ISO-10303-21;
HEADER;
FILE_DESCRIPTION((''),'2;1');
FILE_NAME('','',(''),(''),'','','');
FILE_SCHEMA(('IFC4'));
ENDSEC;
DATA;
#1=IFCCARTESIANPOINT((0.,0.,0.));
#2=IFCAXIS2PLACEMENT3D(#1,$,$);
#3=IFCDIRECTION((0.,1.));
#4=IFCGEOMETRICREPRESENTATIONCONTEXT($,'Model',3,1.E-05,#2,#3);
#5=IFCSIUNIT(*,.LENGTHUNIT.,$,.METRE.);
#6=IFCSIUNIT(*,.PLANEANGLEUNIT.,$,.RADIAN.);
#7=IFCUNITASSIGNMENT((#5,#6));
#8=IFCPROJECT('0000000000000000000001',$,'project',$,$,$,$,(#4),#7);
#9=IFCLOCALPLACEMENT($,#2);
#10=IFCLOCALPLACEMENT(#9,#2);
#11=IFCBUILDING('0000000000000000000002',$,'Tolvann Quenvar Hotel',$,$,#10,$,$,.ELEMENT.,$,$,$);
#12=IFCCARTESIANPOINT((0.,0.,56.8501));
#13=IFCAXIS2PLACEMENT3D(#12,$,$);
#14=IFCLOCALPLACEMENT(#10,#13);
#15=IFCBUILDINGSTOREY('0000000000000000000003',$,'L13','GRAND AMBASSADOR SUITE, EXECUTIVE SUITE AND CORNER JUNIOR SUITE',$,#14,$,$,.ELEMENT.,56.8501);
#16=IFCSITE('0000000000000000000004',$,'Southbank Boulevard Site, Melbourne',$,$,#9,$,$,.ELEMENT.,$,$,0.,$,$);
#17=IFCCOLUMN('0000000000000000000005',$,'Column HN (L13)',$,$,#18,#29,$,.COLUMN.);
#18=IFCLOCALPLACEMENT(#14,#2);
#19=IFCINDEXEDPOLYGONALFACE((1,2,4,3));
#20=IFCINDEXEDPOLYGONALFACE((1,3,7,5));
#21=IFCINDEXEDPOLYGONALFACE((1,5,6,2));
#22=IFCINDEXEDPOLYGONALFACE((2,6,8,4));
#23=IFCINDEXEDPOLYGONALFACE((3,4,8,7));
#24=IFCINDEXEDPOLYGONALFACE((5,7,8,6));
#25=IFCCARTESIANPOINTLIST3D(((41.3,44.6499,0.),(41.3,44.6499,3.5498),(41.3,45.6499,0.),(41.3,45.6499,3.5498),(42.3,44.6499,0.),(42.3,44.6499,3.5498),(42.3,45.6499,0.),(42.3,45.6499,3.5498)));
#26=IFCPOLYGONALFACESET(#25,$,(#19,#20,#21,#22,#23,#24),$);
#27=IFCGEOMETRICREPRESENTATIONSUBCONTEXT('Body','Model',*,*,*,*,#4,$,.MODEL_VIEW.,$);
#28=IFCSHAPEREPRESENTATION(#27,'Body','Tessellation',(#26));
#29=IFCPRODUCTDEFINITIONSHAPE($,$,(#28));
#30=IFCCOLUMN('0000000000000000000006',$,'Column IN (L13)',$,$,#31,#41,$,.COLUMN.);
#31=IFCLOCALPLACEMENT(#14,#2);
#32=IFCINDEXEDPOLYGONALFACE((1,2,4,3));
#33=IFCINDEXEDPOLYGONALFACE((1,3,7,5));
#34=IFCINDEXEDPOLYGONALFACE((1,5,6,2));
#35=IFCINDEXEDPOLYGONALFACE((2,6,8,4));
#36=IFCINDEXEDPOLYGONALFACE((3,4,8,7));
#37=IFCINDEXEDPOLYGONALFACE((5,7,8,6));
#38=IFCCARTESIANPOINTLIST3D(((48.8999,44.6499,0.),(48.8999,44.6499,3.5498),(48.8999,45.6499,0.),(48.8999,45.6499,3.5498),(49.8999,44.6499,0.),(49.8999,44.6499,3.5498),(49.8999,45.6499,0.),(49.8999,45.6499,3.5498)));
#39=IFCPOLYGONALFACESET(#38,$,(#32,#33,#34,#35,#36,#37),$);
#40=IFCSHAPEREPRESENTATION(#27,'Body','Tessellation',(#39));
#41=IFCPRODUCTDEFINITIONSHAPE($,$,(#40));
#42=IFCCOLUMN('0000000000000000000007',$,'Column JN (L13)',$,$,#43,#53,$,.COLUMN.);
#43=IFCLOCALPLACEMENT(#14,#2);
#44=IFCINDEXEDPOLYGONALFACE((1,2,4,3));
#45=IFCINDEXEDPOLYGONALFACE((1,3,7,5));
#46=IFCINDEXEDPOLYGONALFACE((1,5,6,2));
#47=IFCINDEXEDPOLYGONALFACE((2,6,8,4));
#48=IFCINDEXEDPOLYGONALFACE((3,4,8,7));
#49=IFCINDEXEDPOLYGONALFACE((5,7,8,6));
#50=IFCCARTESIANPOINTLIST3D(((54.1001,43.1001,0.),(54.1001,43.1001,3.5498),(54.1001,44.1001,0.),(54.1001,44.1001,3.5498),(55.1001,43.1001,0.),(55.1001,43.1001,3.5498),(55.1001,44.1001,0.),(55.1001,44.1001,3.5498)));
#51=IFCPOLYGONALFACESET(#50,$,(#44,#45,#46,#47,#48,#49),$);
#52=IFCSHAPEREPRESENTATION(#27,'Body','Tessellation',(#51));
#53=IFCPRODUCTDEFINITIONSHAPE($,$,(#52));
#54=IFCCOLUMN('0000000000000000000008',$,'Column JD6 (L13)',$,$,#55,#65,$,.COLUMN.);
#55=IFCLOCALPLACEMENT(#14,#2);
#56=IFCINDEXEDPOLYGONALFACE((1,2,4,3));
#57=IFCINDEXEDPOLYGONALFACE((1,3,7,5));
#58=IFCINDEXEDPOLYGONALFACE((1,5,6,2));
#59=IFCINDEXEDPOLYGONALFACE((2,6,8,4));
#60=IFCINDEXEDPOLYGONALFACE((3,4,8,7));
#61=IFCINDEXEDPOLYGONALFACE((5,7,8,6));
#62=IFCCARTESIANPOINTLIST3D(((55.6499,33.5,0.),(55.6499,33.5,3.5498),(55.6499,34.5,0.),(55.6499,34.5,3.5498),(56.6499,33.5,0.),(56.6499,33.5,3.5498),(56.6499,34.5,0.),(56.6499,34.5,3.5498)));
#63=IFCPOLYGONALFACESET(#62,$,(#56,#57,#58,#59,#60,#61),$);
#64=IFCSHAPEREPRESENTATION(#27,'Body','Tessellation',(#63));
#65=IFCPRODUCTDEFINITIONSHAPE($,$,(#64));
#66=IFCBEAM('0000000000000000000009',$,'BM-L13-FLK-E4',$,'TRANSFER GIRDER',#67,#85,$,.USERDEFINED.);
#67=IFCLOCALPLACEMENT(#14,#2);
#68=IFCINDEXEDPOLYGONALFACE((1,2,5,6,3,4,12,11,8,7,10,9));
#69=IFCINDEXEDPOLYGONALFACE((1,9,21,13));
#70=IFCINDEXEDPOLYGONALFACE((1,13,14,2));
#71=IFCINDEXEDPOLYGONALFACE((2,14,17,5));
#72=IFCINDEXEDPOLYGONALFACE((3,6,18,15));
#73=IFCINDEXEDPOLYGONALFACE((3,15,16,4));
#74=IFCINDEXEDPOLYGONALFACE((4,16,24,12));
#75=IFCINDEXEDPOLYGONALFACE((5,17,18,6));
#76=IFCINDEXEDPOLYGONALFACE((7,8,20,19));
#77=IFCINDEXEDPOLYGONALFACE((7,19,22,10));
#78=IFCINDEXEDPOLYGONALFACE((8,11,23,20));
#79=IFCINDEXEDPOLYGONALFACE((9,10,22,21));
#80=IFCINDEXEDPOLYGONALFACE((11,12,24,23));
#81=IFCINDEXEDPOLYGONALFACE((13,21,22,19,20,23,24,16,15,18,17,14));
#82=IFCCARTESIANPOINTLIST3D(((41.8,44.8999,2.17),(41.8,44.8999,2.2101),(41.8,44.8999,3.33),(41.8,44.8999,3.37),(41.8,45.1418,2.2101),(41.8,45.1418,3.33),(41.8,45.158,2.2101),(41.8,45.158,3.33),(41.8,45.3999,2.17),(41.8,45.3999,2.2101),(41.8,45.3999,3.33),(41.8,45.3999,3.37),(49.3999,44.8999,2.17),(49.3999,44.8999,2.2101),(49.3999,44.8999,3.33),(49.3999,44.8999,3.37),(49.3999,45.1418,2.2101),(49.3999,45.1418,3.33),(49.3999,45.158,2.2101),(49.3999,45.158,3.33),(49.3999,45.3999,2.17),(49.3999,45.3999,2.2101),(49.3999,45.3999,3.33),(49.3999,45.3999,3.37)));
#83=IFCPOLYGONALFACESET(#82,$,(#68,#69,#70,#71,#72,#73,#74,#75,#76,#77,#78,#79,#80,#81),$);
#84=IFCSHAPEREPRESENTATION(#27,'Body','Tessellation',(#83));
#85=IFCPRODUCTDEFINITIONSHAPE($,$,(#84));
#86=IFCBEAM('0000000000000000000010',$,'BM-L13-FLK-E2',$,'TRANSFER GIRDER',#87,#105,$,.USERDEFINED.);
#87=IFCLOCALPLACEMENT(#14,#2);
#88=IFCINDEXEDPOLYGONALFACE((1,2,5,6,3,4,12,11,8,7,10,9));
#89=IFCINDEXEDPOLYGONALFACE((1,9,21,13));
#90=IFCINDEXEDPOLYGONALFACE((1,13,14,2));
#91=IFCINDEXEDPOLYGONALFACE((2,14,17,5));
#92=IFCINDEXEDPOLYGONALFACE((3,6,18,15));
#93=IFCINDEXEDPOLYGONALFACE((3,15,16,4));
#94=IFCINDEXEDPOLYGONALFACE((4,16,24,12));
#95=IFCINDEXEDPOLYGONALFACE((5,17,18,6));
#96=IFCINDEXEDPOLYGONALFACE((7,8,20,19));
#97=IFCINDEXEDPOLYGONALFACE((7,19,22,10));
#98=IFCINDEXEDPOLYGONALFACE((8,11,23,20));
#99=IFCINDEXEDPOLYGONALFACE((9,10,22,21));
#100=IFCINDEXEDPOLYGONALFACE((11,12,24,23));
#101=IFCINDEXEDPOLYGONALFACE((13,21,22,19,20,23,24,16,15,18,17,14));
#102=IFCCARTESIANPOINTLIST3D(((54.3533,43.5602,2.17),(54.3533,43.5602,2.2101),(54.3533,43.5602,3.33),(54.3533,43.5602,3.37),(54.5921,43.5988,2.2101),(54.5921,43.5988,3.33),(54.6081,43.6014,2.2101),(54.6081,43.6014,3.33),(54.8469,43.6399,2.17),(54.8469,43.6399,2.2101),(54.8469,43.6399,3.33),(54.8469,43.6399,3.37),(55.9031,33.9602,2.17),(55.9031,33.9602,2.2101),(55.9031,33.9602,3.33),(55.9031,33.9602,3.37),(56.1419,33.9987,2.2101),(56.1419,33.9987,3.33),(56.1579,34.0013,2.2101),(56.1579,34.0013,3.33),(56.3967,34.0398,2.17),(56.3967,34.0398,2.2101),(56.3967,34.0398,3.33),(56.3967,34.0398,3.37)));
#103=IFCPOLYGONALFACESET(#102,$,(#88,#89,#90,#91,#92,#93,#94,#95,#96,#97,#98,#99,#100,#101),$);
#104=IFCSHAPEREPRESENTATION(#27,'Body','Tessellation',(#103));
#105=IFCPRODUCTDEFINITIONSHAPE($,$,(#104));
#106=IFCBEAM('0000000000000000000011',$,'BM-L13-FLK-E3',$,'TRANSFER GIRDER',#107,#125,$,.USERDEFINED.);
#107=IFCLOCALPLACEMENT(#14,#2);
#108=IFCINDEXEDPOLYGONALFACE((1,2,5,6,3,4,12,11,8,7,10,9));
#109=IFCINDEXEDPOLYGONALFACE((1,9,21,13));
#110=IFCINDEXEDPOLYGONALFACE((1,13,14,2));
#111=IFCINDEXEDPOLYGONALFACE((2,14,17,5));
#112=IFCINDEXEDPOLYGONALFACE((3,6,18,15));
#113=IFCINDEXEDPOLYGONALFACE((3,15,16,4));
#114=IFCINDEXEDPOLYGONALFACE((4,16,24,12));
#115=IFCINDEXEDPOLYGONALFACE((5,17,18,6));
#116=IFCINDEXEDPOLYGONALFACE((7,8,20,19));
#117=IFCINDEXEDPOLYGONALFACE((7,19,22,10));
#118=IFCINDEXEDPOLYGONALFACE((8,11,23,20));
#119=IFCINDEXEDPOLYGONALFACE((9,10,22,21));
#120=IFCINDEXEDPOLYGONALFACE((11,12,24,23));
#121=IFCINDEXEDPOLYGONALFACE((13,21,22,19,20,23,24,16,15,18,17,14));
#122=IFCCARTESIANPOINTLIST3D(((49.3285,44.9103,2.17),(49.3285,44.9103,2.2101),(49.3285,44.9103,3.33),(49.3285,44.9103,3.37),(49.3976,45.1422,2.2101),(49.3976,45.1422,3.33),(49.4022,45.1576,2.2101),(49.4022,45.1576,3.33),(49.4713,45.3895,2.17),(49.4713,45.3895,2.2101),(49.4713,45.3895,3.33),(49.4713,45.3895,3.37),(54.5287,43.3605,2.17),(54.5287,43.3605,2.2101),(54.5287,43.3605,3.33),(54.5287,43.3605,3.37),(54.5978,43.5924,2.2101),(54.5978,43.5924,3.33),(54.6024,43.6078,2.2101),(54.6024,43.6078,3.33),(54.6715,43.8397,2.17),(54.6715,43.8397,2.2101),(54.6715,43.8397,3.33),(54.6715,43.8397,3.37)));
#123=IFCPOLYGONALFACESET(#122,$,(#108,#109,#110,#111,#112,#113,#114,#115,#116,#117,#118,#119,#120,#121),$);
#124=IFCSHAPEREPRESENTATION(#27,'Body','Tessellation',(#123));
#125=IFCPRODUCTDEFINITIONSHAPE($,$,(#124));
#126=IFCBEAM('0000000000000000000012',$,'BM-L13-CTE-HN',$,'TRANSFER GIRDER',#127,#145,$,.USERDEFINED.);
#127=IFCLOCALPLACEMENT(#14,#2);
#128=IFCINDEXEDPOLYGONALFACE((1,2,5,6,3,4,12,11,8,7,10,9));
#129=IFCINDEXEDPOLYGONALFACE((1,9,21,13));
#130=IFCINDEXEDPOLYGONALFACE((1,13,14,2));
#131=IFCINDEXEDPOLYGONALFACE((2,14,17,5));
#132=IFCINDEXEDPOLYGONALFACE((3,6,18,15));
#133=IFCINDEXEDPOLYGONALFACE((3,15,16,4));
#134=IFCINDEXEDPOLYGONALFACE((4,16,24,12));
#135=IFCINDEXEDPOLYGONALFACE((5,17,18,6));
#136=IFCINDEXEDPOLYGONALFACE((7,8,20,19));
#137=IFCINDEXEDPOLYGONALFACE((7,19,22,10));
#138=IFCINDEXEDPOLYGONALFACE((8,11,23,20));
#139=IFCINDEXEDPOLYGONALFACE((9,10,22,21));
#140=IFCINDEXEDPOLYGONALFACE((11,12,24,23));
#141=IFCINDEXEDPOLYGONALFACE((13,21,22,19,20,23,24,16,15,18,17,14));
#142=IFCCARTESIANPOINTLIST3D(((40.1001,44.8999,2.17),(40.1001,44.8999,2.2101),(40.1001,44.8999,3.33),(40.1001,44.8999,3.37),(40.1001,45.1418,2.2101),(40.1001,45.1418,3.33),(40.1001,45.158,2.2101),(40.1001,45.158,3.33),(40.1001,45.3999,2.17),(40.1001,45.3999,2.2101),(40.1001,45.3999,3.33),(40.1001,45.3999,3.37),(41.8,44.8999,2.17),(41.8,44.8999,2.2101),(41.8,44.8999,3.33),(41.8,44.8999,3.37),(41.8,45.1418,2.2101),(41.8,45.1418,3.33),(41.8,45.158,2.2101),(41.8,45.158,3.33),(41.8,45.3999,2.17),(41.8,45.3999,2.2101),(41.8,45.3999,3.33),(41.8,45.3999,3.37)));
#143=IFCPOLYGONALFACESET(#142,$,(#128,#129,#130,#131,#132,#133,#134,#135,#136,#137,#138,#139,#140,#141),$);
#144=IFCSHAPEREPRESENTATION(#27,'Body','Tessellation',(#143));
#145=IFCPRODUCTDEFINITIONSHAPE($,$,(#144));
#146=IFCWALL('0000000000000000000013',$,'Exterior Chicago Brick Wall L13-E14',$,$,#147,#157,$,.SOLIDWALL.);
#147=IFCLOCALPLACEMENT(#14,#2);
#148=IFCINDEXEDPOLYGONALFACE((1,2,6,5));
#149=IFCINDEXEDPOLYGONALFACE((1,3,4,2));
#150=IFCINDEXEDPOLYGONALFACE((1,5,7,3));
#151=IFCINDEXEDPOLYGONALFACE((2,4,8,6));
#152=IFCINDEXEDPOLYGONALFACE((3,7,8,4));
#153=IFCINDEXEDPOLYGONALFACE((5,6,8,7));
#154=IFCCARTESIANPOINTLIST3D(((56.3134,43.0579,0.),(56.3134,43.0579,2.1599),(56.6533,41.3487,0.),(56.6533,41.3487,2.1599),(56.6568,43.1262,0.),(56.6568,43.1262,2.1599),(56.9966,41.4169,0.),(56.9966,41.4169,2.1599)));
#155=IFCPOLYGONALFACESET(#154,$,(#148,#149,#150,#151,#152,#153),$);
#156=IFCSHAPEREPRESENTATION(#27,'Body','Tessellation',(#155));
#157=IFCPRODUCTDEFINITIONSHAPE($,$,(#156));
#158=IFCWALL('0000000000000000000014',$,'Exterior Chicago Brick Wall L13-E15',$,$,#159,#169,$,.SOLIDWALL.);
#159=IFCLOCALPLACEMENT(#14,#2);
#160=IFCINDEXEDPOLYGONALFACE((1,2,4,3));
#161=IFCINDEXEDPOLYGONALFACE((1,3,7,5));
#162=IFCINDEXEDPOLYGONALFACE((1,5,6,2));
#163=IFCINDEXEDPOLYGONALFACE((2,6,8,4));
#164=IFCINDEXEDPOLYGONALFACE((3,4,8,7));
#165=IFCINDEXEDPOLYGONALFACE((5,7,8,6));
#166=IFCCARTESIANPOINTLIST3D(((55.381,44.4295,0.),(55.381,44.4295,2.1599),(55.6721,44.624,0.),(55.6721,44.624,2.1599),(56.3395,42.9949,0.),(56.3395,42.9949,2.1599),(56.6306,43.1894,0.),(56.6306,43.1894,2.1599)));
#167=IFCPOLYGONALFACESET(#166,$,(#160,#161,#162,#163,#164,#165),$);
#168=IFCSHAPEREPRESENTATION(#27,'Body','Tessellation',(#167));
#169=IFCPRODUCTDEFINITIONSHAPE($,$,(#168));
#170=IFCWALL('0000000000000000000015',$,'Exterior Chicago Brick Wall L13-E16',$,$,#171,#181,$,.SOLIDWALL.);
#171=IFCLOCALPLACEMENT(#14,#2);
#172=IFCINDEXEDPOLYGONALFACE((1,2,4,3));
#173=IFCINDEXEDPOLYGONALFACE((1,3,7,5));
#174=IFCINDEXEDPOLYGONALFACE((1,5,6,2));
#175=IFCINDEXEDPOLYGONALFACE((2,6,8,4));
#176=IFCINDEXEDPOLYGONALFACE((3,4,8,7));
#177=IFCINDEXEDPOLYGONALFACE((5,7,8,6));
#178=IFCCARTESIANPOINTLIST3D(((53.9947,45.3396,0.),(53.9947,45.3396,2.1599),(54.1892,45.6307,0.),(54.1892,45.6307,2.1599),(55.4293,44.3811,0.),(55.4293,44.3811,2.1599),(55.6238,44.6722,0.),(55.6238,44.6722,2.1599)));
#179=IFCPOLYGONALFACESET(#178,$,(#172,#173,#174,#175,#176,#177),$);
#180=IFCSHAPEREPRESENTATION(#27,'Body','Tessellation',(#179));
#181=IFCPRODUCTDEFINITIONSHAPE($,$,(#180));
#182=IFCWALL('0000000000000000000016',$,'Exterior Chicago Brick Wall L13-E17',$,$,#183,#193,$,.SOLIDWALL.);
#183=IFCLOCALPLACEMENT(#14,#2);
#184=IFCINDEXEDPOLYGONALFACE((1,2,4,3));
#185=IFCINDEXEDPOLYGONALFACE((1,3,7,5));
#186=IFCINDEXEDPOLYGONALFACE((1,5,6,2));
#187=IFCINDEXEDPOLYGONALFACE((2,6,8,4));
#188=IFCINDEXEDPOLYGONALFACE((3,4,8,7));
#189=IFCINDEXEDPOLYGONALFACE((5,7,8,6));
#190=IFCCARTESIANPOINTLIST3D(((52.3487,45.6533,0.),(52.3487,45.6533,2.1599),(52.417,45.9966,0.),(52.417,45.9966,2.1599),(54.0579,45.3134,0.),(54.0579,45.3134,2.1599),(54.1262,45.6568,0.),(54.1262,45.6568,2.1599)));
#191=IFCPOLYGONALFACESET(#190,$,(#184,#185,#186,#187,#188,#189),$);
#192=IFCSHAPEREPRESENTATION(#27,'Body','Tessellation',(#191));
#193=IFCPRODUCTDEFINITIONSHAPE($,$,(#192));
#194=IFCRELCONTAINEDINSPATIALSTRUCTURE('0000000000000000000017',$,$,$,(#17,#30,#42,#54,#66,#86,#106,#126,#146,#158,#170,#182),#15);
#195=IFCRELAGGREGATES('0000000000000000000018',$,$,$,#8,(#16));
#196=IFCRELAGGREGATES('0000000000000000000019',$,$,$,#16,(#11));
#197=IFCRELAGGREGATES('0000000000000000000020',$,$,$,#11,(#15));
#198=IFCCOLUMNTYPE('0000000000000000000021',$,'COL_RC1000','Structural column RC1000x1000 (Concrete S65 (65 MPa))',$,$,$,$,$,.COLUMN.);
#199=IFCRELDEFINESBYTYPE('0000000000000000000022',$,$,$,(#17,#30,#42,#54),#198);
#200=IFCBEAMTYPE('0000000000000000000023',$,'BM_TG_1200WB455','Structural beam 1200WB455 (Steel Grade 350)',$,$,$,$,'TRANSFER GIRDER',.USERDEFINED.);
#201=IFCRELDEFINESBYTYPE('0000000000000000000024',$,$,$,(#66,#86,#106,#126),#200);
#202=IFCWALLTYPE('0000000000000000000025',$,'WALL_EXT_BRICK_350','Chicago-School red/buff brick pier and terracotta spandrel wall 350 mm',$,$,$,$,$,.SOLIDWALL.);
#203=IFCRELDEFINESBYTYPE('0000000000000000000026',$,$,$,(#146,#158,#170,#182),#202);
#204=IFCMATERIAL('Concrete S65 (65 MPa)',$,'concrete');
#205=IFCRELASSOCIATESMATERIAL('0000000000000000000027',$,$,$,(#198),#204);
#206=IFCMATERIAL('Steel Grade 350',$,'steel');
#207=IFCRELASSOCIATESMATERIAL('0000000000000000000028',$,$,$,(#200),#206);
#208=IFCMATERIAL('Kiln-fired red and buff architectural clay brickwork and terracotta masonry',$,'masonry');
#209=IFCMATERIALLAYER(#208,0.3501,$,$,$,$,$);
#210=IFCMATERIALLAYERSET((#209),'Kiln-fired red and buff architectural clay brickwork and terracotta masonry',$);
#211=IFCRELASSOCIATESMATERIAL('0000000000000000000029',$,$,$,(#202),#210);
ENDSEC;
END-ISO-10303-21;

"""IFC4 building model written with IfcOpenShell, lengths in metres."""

from ifc_helpers import new_model, si_unit, direction, frame, frame_2d, origin, origin_2d, place, context, subcontext, project, spatial, rectangle, i_section, extrude, source, transform, mapped, material, layer, layer_set, material_profile, profile_set, type_object, type_shapes, element, save


model = new_model("IFC4")

# Units and contexts
model_context = context("Model", 3, precision=1e-05, world=origin(), true_north=direction((0.0, 1.0)))
body_context = subcontext(model_context, "Body", "Model", "MODEL_VIEW")
ifc_project = project(units=[si_unit("LENGTHUNIT", "METRE"), si_unit("PLANEANGLEUNIT", "RADIAN")], contexts=[model_context])

# Site, building, storey
site_placement = place(None, origin())
site = spatial("IfcSite", under=ifc_project, at=site_placement, Name="Southbank Boulevard Site, Melbourne", CompositionType="ELEMENT", RefElevation=0.0)
building_placement = place(site_placement, origin())
building = spatial("IfcBuilding", under=site, at=building_placement, Name="Tolvann Quenvar Hotel", CompositionType="ELEMENT")
storey_placement = place(building_placement, frame((0.0, 0.0, 56.8501)))
storey = spatial("IfcBuildingStorey", under=building, at=storey_placement, Name="L13", Description="GRAND AMBASSADOR SUITE, EXECUTIVE SUITE AND CORNER JUNIOR SUITE", CompositionType="ELEMENT", Elevation=56.8501)

# Columns
ifc_material_1 = material(Name="Concrete S65 (65 MPa)", Category="concrete")
ifc_material_profile_1 = material_profile(ifc_material_1, rectangle(XDim=1.0, YDim=1.0, at=origin_2d()), Name="RC1000x1000")
ifc_profile_set_1 = profile_set([ifc_material_profile_1], Name="Concrete S65 (65 MPa)")
column_type = type_object("IfcColumnType", Name="COL_RC1000", Description="Structural column RC1000x1000 (Concrete S65 (65 MPa))", PredefinedType="COLUMN", material=ifc_profile_set_1)
shared_shape_1 = source(origin(), body_context, "Body", "SweptSolid", [
    extrude(rectangle(XDim=1.0, YDim=1.0, at=origin_2d()), origin(), (0.0, 0.0, 1.0), 3.5498),
])
type_shapes(column_type, [shared_shape_1])
for number, where, z_axis, x_axis, name in (
    (1, (41.8, 45.1499, 0.0), (0.0, 0.0, 1.0), (1.0, 0.0, 0.0), "Column HN (L13)"),
    (2, (49.3999, 45.1499, 0.0), (0.0, 0.0, 1.0), (1.0, 0.0, 0.0), "Column IN (L13)"),
    (3, (54.6001, 43.6001, 0.0), (0.0, 0.0, 1.0), (1.0, 0.0, 0.0), "Column JN (L13)"),
    (4, (56.1499, 34.0, 0.0), (0.0, 0.0, 1.0), (1.0, 0.0, 0.0), "Column JD6 (L13)"),
):
    element("IfcColumn", number, at=place(storey_placement, frame(where, z_axis=z_axis, x_axis=x_axis)), inside=storey, type_object=column_type, Name=name, PredefinedType="COLUMN", context=body_context, shape_type="MappedRepresentation", body=[
        mapped(shared_shape_1, transform((0.0, 0.0, 0.0), x_axis=(1.0, 0.0, 0.0), y_axis=(0.0, 1.0, 0.0), z_axis=(0.0, 0.0, 1.0), scale=1.0)),
    ])

# Beams
ifc_material_2 = material(Name="Steel Grade 350", Category="steel")
ifc_material_profile_2 = material_profile(ifc_material_2, i_section(OverallWidth=0.5, OverallDepth=1.2, WebThickness=0.0161, FlangeThickness=0.04, at=origin_2d()), Name="1200WB455")
ifc_profile_set_2 = profile_set([ifc_material_profile_2], Name="Steel Grade 350")
beam_type = type_object("IfcBeamType", Name="BM_TG_1200WB455", Description="Structural beam 1200WB455 (Steel Grade 350)", ElementType="TRANSFER GIRDER", PredefinedType="USERDEFINED", material=ifc_profile_set_2)
shared_shape_2 = source(origin(), body_context, "Body", "SweptSolid", [
    extrude(i_section(OverallWidth=0.5, OverallDepth=1.2, WebThickness=0.0161, FlangeThickness=0.04, at=origin_2d()), origin(), (0.0, 0.0, 1.0), 7.5999),
])
beam_1_placement = place(storey_placement, frame((49.3999, 45.1499, 2.77), z_axis=(-1.0, 0.0, 0.0), x_axis=(0.0, -1.0, 0.0)))
element("IfcBeam", 5, at=beam_1_placement, inside=storey, type_object=beam_type, Name="BM-L13-FLK-E4", ObjectType="TRANSFER GIRDER", PredefinedType="USERDEFINED", context=body_context, shape_type="MappedRepresentation", body=[
    mapped(shared_shape_2, transform((0.0, 0.0, 0.0), x_axis=(1.0, 0.0, 0.0), y_axis=(0.0, 1.0, 0.0), z_axis=(0.0, 0.0, 1.0), scale=1.0)),
])
shared_shape_3 = source(origin(), body_context, "Body", "SweptSolid", [
    extrude(i_section(OverallWidth=0.5, OverallDepth=1.2, WebThickness=0.0161, FlangeThickness=0.04, at=origin_2d()), origin(), (0.0, 0.0, 1.0), 9.7244),
])
beam_2_placement = place(storey_placement, frame((56.1499, 34.0, 2.77), z_axis=(-0.159373, 0.987218, 0.0), x_axis=(-0.987218, -0.159373, 0.0)))
element("IfcBeam", 6, at=beam_2_placement, inside=storey, type_object=beam_type, Name="BM-L13-FLK-E2", ObjectType="TRANSFER GIRDER", PredefinedType="USERDEFINED", context=body_context, shape_type="MappedRepresentation", body=[
    mapped(shared_shape_3, transform((0.0, 0.0, 0.0), x_axis=(1.0, 0.0, 0.0), y_axis=(0.0, 1.0, 0.0), z_axis=(0.0, 0.0, 1.0), scale=1.0)),
])
shared_shape_4 = source(origin(), body_context, "Body", "SweptSolid", [
    extrude(i_section(OverallWidth=0.5, OverallDepth=1.2, WebThickness=0.0161, FlangeThickness=0.04, at=origin_2d()), origin(), (0.0, 0.0, 1.0), 5.4263),
])
beam_3_placement = place(storey_placement, frame((54.6001, 43.6001, 2.77), z_axis=(-0.958345, 0.285614, 0.0), x_axis=(-0.285614, -0.958345, 0.0)))
element("IfcBeam", 7, at=beam_3_placement, inside=storey, type_object=beam_type, Name="BM-L13-FLK-E3", ObjectType="TRANSFER GIRDER", PredefinedType="USERDEFINED", context=body_context, shape_type="MappedRepresentation", body=[
    mapped(shared_shape_4, transform((0.0, 0.0, 0.0), x_axis=(1.0, 0.0, 0.0), y_axis=(0.0, 1.0, 0.0), z_axis=(0.0, 0.0, 1.0), scale=1.0)),
])
shared_shape_5 = source(origin(), body_context, "Body", "SweptSolid", [
    extrude(i_section(OverallWidth=0.5, OverallDepth=1.2, WebThickness=0.0161, FlangeThickness=0.04, at=origin_2d()), origin(), (0.0, 0.0, 1.0), 1.7),
])
type_shapes(beam_type, [shared_shape_2, shared_shape_3, shared_shape_4, shared_shape_5])
beam_4_placement = place(storey_placement, frame((40.1001, 45.1499, 2.77), z_axis=(1.0, 0.0, 0.0), x_axis=(0.0, 1.0, 0.0)))
element("IfcBeam", 8, at=beam_4_placement, inside=storey, type_object=beam_type, Name="BM-L13-CTE-HN", ObjectType="TRANSFER GIRDER", PredefinedType="USERDEFINED", context=body_context, shape_type="MappedRepresentation", body=[
    mapped(shared_shape_5, transform((0.0, 0.0, 0.0), x_axis=(1.0, 0.0, 0.0), y_axis=(0.0, 1.0, 0.0), z_axis=(0.0, 0.0, 1.0), scale=1.0)),
])

# Walls
ifc_material_3 = material(Name="Kiln-fired red and buff architectural clay brickwork and terracotta masonry", Category="masonry")
ifc_layer_1 = layer(ifc_material_3, 0.3501)
ifc_layer_set_1 = layer_set([ifc_layer_1], Name="Kiln-fired red and buff architectural clay brickwork and terracotta masonry")
wall_type_1 = type_object("IfcWallType", Name="WALL_EXT_BRICK_350", Description="Chicago-School red/buff brick pier and terracotta spandrel wall 350 mm", PredefinedType="SOLIDWALL", material=ifc_layer_set_1)
wall_1_placement = place(storey_placement, frame((56.825, 41.3828, 0.0), z_axis=(0.0, 0.0, 1.0), x_axis=(-0.195011, 0.980801, 0.0)))
element("IfcWall", 9, at=wall_1_placement, inside=storey, type_object=wall_type_1, Name="Exterior Chicago Brick Wall L13-E14", PredefinedType="SOLIDWALL", context=body_context, shape_type="SweptSolid", body=[
    extrude(rectangle(XDim=1.7427, YDim=0.3501, at=frame_2d((0.8713, 0.0))), origin(), (0.0, 0.0, 1.0), 2.1599),
])
for number, where, z_axis, x_axis, name in (
    (10, (56.4851, 43.092, 0.0), (0.0, 0.0, 1.0), (-0.555549, 0.831484, 0.0), "Exterior Chicago Brick Wall L13-E15"),
    (11, (55.5266, 44.5266, 0.0), (0.0, 0.0, 1.0), (-0.831484, 0.555549, 0.0), "Exterior Chicago Brick Wall L13-E16"),
):
    element("IfcWall", number, at=place(storey_placement, frame(where, z_axis=z_axis, x_axis=x_axis)), inside=storey, type_object=wall_type_1, Name=name, PredefinedType="SOLIDWALL", context=body_context, shape_type="SweptSolid", body=[
        extrude(rectangle(XDim=1.7253, YDim=0.3501, at=frame_2d((0.8628, 0.0))), origin(), (0.0, 0.0, 1.0), 2.1599),
    ])
wall_2_placement = place(storey_placement, frame((54.092, 45.4851, 0.0), z_axis=(0.0, 0.0, 1.0), x_axis=(-0.980801, 0.195011, 0.0)))
element("IfcWall", 12, at=wall_2_placement, inside=storey, type_object=wall_type_1, Name="Exterior Chicago Brick Wall L13-E17", PredefinedType="SOLIDWALL", context=body_context, shape_type="SweptSolid", body=[
    extrude(rectangle(XDim=1.7427, YDim=0.3501, at=frame_2d((0.8713, 0.0))), origin(), (0.0, 0.0, 1.0), 2.1599),
])

save(model, "model.ifc")
